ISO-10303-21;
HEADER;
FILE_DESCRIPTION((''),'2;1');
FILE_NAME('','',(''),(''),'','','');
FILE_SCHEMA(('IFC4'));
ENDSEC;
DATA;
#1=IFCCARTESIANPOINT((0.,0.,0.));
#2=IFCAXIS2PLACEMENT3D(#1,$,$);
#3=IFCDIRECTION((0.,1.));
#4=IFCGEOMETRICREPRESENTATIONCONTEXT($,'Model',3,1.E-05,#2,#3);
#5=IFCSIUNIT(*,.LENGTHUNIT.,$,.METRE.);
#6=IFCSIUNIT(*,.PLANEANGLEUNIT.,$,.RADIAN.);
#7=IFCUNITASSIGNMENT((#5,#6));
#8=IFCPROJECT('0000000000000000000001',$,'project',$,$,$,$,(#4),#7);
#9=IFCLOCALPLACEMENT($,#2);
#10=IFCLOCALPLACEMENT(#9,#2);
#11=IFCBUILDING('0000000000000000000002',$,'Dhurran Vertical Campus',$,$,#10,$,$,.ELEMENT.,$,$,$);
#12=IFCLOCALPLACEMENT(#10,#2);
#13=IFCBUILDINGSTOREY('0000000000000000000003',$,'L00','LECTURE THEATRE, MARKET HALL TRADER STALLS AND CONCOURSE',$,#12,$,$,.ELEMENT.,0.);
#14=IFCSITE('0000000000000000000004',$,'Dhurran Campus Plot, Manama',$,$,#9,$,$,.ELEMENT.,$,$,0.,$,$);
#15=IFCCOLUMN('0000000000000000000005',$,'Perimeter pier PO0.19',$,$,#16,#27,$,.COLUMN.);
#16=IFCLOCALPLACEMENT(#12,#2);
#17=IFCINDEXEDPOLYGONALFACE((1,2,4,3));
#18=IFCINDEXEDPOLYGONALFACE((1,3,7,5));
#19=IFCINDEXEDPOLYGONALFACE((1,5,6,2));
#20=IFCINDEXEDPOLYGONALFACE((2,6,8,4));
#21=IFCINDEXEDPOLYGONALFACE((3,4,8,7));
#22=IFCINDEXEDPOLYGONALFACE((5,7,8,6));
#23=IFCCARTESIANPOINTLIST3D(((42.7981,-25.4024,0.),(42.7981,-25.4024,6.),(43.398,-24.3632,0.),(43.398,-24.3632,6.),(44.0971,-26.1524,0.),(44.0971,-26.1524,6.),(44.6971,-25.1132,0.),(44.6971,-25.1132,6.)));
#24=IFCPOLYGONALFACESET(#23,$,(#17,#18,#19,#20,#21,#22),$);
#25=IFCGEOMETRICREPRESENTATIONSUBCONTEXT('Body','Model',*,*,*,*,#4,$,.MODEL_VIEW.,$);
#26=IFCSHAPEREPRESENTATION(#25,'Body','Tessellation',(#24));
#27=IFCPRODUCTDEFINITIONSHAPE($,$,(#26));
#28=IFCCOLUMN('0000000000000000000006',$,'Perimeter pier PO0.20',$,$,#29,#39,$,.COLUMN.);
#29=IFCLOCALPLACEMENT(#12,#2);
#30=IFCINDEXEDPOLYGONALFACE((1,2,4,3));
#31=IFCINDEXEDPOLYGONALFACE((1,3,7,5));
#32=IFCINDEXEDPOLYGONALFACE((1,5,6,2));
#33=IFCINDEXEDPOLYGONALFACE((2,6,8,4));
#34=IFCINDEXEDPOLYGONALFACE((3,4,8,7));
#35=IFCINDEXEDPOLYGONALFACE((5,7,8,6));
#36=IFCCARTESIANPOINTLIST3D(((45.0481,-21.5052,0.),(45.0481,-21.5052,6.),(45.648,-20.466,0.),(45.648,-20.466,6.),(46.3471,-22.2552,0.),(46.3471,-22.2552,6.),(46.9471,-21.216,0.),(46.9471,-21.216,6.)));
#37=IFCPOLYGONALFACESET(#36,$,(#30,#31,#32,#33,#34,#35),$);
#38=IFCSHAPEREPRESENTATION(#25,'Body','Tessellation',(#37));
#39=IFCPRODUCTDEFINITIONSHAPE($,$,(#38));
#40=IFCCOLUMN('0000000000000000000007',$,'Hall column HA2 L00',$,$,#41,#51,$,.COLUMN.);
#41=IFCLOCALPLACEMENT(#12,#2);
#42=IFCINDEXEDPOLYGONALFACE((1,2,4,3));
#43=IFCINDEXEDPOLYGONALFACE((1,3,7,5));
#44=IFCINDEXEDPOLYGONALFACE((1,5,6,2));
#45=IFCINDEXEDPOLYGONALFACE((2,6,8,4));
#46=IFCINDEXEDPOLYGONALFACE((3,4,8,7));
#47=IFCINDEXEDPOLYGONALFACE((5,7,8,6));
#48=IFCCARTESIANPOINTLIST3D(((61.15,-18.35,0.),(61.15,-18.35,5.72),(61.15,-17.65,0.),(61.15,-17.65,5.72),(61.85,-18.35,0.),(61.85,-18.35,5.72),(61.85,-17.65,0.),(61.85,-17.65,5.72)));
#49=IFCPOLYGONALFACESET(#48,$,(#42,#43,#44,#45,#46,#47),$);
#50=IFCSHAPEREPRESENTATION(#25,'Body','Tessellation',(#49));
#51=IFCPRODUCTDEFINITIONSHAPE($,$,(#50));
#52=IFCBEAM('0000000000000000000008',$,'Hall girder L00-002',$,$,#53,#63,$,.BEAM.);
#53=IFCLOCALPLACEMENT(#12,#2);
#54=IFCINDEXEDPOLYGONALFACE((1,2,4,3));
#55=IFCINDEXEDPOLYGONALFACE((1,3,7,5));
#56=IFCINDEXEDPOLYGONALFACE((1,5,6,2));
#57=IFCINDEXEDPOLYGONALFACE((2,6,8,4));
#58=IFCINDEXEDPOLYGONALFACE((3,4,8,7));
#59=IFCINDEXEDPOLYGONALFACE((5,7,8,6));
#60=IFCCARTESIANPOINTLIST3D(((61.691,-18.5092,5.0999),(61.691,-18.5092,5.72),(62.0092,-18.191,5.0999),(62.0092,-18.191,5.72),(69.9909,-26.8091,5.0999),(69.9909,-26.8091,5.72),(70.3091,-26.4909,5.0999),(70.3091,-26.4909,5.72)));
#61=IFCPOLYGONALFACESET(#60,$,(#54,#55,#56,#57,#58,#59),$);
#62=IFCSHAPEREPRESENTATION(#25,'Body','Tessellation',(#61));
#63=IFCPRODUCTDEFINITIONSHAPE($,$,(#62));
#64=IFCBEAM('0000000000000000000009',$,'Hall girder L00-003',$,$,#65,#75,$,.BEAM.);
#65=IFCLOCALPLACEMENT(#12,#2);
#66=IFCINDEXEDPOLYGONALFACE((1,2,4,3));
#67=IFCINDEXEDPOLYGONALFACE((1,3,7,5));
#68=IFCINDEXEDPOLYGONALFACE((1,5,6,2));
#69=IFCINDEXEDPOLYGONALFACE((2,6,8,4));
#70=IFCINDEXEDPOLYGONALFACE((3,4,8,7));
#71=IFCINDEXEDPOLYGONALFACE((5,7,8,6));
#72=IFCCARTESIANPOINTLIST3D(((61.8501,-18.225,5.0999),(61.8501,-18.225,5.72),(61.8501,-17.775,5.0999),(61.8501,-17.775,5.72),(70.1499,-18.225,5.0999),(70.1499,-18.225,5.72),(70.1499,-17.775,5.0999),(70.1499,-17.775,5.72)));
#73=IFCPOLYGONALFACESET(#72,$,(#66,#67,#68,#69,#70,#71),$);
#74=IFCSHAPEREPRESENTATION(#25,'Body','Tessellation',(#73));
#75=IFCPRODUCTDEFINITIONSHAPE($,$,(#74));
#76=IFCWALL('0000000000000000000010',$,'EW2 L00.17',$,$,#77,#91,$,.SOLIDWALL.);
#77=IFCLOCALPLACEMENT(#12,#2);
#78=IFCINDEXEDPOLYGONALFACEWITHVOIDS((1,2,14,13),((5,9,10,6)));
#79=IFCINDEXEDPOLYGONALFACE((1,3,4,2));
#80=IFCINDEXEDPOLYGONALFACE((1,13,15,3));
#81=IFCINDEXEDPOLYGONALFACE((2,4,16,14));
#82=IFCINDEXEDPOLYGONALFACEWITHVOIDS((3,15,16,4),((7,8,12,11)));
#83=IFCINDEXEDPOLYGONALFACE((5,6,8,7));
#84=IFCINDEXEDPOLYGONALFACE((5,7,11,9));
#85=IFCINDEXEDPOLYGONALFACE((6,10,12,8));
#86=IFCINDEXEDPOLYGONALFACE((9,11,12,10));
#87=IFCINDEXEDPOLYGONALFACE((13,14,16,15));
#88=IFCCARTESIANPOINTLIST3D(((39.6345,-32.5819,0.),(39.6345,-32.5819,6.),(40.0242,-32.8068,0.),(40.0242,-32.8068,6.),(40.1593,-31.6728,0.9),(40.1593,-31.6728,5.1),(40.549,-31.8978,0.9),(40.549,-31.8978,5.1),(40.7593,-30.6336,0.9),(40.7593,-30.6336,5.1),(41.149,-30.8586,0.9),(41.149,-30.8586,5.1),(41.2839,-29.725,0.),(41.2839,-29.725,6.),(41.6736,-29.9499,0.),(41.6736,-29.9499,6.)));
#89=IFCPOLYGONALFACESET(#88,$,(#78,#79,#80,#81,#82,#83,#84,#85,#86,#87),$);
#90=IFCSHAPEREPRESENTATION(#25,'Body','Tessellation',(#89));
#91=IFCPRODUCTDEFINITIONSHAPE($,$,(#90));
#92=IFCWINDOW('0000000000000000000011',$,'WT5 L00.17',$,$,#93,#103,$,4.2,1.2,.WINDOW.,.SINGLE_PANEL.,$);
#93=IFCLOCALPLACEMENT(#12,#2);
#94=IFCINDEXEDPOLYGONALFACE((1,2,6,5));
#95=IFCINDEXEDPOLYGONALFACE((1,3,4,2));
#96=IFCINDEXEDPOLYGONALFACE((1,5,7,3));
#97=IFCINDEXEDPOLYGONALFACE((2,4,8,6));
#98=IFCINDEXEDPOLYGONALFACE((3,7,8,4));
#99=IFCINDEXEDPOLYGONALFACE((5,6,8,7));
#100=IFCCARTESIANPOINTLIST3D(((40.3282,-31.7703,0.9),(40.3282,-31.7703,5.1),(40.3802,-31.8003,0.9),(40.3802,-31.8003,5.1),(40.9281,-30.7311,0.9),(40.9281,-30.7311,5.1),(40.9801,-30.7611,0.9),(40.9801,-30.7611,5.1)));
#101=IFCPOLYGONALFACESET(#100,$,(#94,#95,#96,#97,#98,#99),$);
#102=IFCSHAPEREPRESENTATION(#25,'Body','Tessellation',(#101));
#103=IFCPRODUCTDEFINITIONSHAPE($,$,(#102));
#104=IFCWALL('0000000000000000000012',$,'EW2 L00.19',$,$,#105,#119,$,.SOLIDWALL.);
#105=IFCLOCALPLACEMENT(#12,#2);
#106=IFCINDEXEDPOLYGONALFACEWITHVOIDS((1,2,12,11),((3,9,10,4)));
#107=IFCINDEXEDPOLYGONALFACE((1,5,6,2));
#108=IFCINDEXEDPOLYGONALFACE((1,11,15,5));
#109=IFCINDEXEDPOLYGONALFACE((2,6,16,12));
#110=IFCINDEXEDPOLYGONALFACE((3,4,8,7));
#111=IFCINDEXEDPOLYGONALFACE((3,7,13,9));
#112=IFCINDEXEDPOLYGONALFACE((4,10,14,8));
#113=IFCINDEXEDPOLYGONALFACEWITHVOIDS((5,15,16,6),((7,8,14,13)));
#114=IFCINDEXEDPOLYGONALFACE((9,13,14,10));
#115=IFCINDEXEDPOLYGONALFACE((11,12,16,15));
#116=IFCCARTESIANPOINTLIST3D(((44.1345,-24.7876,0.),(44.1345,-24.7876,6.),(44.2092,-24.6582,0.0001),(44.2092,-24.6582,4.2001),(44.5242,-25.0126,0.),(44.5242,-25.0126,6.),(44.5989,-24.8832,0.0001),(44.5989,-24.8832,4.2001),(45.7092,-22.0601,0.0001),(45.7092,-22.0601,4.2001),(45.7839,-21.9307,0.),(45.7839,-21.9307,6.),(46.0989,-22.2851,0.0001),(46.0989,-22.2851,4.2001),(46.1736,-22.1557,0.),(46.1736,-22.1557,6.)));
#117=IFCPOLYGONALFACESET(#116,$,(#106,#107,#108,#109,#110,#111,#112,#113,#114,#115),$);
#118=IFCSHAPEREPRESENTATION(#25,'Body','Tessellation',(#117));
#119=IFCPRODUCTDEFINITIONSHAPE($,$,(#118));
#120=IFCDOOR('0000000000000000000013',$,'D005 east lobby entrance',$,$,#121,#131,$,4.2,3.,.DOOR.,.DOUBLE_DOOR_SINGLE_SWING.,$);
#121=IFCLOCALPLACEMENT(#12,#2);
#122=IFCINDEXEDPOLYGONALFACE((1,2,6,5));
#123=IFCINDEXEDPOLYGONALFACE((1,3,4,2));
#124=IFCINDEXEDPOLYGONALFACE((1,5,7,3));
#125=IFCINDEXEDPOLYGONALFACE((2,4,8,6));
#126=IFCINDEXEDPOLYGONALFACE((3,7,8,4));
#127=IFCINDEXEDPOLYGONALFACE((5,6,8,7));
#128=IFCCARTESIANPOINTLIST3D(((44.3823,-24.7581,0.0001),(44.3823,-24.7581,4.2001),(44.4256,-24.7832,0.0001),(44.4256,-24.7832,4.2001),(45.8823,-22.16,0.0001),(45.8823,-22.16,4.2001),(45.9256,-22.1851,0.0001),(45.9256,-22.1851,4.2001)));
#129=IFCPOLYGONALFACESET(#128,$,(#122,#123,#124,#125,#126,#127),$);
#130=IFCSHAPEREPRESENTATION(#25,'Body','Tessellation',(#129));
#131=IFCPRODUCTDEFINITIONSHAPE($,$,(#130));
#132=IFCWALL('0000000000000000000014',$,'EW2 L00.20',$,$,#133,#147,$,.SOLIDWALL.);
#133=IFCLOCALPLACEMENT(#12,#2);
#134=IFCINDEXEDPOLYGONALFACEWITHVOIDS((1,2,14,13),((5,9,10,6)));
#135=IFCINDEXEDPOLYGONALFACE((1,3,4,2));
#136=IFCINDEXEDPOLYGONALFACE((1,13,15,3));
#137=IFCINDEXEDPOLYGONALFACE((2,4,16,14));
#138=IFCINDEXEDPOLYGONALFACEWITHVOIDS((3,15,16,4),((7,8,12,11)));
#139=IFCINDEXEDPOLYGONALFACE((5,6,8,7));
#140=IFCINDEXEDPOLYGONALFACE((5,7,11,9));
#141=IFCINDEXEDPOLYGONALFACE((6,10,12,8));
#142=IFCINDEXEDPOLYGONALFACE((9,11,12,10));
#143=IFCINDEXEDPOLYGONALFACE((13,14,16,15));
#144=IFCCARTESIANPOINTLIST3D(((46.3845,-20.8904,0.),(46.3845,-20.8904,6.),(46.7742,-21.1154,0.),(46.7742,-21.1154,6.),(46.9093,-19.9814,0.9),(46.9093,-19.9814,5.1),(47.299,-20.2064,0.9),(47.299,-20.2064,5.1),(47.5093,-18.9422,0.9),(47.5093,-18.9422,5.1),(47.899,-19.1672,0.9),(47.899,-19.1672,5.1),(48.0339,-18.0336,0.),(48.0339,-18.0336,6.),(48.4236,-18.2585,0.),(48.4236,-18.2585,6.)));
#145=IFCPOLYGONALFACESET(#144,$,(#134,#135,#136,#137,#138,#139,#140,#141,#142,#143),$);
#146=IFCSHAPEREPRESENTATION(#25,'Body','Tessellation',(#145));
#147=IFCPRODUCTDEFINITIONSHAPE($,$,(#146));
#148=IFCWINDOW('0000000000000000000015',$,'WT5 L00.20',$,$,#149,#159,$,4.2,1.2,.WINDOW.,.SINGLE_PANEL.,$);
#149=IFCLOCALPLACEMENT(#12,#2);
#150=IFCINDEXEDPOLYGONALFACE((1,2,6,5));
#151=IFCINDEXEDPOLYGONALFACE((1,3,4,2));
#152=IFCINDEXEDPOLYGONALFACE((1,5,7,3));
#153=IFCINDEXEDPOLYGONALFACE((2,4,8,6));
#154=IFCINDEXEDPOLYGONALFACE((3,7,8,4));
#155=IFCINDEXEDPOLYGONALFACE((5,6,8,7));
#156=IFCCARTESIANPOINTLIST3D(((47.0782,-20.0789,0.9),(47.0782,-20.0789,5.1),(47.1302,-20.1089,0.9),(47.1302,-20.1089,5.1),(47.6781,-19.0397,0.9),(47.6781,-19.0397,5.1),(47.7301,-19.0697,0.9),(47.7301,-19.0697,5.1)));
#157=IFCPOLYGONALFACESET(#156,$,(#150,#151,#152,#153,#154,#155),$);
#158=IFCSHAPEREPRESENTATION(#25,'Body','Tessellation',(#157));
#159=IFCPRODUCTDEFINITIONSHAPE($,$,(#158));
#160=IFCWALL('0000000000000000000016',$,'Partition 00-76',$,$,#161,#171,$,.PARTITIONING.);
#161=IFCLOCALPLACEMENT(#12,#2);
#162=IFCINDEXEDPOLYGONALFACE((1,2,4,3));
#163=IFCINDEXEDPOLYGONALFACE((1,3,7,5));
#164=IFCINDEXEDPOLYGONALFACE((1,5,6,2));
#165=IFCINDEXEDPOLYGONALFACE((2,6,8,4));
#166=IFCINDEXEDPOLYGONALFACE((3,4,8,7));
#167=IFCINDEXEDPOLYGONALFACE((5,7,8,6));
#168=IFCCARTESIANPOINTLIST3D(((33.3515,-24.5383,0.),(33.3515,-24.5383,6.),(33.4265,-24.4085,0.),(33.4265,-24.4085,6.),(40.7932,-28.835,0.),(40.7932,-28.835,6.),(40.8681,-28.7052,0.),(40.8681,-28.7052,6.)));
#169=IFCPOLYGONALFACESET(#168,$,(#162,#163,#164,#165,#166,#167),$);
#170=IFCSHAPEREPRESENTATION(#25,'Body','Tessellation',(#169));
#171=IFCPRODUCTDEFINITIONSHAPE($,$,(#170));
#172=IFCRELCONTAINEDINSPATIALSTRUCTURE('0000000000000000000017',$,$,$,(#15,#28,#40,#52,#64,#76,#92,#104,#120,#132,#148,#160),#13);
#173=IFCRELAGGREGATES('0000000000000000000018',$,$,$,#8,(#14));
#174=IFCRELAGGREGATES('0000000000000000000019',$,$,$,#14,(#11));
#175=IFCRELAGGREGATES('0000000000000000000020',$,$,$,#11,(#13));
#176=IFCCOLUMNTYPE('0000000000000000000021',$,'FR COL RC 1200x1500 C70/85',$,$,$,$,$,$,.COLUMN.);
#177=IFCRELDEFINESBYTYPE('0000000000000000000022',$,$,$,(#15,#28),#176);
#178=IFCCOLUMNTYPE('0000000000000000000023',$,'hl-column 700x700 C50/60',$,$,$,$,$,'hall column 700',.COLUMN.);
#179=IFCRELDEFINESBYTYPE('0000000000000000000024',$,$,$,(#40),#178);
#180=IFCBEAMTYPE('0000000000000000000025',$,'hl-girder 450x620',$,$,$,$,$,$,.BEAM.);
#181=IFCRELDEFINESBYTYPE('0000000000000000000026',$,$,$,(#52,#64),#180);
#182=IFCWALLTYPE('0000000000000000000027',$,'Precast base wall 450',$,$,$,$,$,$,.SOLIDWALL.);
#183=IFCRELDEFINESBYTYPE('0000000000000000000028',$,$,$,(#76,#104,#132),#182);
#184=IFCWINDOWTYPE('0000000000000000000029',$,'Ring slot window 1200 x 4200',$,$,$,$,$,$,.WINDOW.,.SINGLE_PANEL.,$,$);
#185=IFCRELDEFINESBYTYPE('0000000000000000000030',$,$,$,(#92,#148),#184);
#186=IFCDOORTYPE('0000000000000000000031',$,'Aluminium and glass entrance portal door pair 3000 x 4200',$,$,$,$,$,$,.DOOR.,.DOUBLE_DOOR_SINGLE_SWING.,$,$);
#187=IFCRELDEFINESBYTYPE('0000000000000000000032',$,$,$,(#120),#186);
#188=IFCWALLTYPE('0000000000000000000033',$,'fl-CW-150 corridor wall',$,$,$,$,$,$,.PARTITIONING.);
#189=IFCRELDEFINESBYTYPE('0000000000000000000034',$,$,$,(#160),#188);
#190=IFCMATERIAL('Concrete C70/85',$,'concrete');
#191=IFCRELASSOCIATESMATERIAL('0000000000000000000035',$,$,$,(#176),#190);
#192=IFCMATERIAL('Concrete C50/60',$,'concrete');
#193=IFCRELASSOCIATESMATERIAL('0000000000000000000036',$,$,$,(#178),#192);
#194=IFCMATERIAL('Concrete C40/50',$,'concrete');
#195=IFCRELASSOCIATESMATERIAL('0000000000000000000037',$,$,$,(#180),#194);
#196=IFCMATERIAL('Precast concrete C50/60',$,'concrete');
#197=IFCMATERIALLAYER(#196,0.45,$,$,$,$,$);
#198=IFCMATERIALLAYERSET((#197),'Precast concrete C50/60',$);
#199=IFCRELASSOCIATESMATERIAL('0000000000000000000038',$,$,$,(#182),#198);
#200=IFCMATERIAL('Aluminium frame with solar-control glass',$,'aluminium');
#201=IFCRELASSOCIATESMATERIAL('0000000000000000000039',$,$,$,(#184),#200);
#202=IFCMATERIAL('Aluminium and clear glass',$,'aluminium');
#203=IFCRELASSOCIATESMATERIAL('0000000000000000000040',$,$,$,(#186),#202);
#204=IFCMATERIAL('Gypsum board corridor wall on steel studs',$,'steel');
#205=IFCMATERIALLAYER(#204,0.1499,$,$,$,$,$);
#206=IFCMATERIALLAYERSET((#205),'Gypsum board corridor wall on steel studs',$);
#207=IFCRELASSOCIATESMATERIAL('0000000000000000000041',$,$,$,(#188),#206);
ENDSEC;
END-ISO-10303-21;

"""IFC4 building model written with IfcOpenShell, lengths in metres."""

from ifc_helpers import new_model, si_unit, direction, frame, frame_2d, origin, origin_2d, place, context, subcontext, project, spatial, rectangle, extrude, material, layer, layer_set, material_profile, profile_set, type_object, element, fill, save


model = new_model("IFC4")

# Units and contexts
model_context = context("Model", 3, precision=1e-05, world=origin(), true_north=direction((0.0, 1.0)))
body_context = subcontext(model_context, "Body", "Model", "MODEL_VIEW")
ifc_project = project(units=[si_unit("LENGTHUNIT", "METRE"), si_unit("PLANEANGLEUNIT", "RADIAN")], contexts=[model_context])

# Site, building, storey
site_placement = place(None, origin())
site = spatial("IfcSite", under=ifc_project, at=site_placement, Name="Dhurran Campus Plot, Manama", CompositionType="ELEMENT", RefElevation=0.0)
building_placement = place(site_placement, origin())
building = spatial("IfcBuilding", under=site, at=building_placement, Name="Dhurran Vertical Campus", CompositionType="ELEMENT")
storey_placement = place(building_placement, origin())
storey = spatial("IfcBuildingStorey", under=building, at=storey_placement, Name="L00", Description="LECTURE THEATRE, MARKET HALL TRADER STALLS AND CONCOURSE", CompositionType="ELEMENT", Elevation=0.0)

# Columns
ifc_material_1 = material(Name="Concrete C70/85", Category="concrete")
ifc_material_profile_1 = material_profile(ifc_material_1, rectangle(XDim=1.2, YDim=1.5, at=origin_2d()), Name="RC 1200x1500")
ifc_profile_set_1 = profile_set([ifc_material_profile_1], Name="Concrete C70/85")
column_type_1 = type_object("IfcColumnType", Name="FR COL RC 1200x1500 C70/85", PredefinedType="COLUMN", material=ifc_profile_set_1)
for number, where, z_axis, x_axis, name in (
    (1, (43.7476, -25.2578, 0.0), (0.0, 0.0, 1.0), (0.5, 0.866025, 0.0), "Perimeter pier PO0.19"),
    (2, (45.9976, -21.3606, 0.0), (0.0, 0.0, 1.0), (0.5, 0.866025, 0.0), "Perimeter pier PO0.20"),
):
    element("IfcColumn", number, at=place(storey_placement, frame(where, z_axis=z_axis, x_axis=x_axis)), inside=storey, type_object=column_type_1, Name=name, PredefinedType="COLUMN", context=body_context, shape_type="SweptSolid", body=[
        extrude(rectangle(XDim=1.2, YDim=1.5, at=origin_2d()), origin(), (0.0, 0.0, 1.0), 6.0),
    ])
ifc_material_2 = material(Name="Concrete C50/60", Category="concrete")
ifc_material_profile_2 = material_profile(ifc_material_2, rectangle(XDim=0.7, YDim=0.7, at=origin_2d()), Name="hl-column 700x700 C50/60")
ifc_profile_set_2 = profile_set([ifc_material_profile_2], Name="Concrete C50/60")
column_type_2 = type_object("IfcColumnType", Name="hl-column 700x700 C50/60", ElementType="hall column 700", PredefinedType="COLUMN", material=ifc_profile_set_2)
column_placement = place(storey_placement, frame((61.5, -18.0, 0.0), z_axis=(0.0, 0.0, 1.0), x_axis=(1.0, 0.0, 0.0)))
element("IfcColumn", 3, at=column_placement, inside=storey, type_object=column_type_2, Name="Hall column HA2 L00", PredefinedType="COLUMN", context=body_context, shape_type="SweptSolid", body=[
    extrude(rectangle(XDim=0.7, YDim=0.7, at=origin_2d()), origin(), (0.0, 0.0, 1.0), 5.72),
])

# Beams
ifc_material_3 = material(Name="Concrete C40/50", Category="concrete")
ifc_material_profile_3 = material_profile(ifc_material_3, rectangle(XDim=0.45, YDim=0.6201, at=origin_2d()), Name="hl-girder 450x620")
ifc_profile_set_3 = profile_set([ifc_material_profile_3], Name="Concrete C40/50")
beam_type = type_object("IfcBeamType", Name="hl-girder 450x620", PredefinedType="BEAM", material=ifc_profile_set_3)
beam_1_placement = place(storey_placement, frame((61.8501, -18.3501, 5.4099), z_axis=(0.707107, -0.707107, 0.0), x_axis=(0.707107, 0.707107, 0.0)))
element("IfcBeam", 4, at=beam_1_placement, inside=storey, type_object=beam_type, Name="Hall girder L00-002", PredefinedType="BEAM", context=body_context, shape_type="SweptSolid", body=[
    extrude(rectangle(XDim=0.45, YDim=0.6201, at=origin_2d()), origin(), (0.0, 0.0, 1.0), 11.7378),
])
beam_2_placement = place(storey_placement, frame((61.8501, -18.0, 5.4099), z_axis=(1.0, 0.0, 0.0), x_axis=(0.0, 1.0, 0.0)))
element("IfcBeam", 5, at=beam_2_placement, inside=storey, type_object=beam_type, Name="Hall girder L00-003", PredefinedType="BEAM", context=body_context, shape_type="SweptSolid", body=[
    extrude(rectangle(XDim=0.45, YDim=0.6201, at=origin_2d()), origin(), (0.0, 0.0, 1.0), 8.2998),
])

# Wall, opening, window
ifc_material_4 = material(Name="Precast concrete C50/60", Category="concrete")
ifc_layer_1 = layer(ifc_material_4, 0.45)
ifc_layer_set_1 = layer_set([ifc_layer_1], Name="Precast concrete C50/60")
wall_type_1 = type_object("IfcWallType", Name="Precast base wall 450", PredefinedType="SOLIDWALL", material=ifc_layer_set_1)
wall_1_placement = place(storey_placement, frame((39.8293, -32.6943, 0.0), z_axis=(0.0, 0.0, 1.0), x_axis=(0.499992, 0.86603, 0.0)))
wall_1 = element("IfcWall", 6, at=wall_1_placement, inside=storey, type_object=wall_type_1, Name="EW2 L00.17", PredefinedType="SOLIDWALL", context=body_context, shape_type="SweptSolid", body=[
    extrude(rectangle(XDim=3.2988, YDim=0.45, at=frame_2d((1.6494, 0.0))), origin(), (0.0, 0.0, 1.0), 6.0),
])
opening_1_placement = place(wall_1_placement, frame((1.0496, 0.0, 0.8999)))
opening_1 = element("IfcOpeningElement", 7, at=opening_1_placement, cuts=wall_1, PredefinedType="OPENING", context=body_context, shape_type="SweptSolid", body=[
    extrude(rectangle(XDim=1.2, YDim=4.2, at=frame_2d((0.6001, 2.1001))), frame((0.0, 0.2349, 0.0), z_axis=(0.0, -1.0, 0.0), x_axis=(1.0, 0.0, 0.0)), (0.0, 0.0, 1.0), 0.47),
])
ifc_material_5 = material(Name="Aluminium frame with solar-control glass", Category="aluminium")
window_type = type_object("IfcWindowType", Name="Ring slot window 1200 x 4200", PartitioningType="SINGLE_PANEL", PredefinedType="WINDOW", material=ifc_material_5)
window_1_placement = place(opening_1_placement, origin())
window_1 = element("IfcWindow", 8, at=window_1_placement, inside=storey, type_object=window_type, Name="WT5 L00.17", OverallHeight=4.2, OverallWidth=1.2, PartitioningType="SINGLE_PANEL", PredefinedType="WINDOW", context=body_context, shape_type="SweptSolid", body=[
    extrude(rectangle(XDim=1.2, YDim=4.2, at=frame_2d((0.6001, 2.1001))), frame((0.0, 0.03, 0.0), z_axis=(0.0, -1.0, 0.0), x_axis=(1.0, 0.0, 0.0)), (0.0, 0.0, 1.0), 0.0601),
])
fill(opening_1, window_1)

# Wall, opening, door
wall_2_placement = place(storey_placement, frame((45.9788, -22.0432, 0.0), z_axis=(0.0, 0.0, 1.0), x_axis=(-0.499992, -0.86603, 0.0)))
wall_2 = element("IfcWall", 9, at=wall_2_placement, inside=storey, type_object=wall_type_1, Name="EW2 L00.19", PredefinedType="SOLIDWALL", context=body_context, shape_type="SweptSolid", body=[
    extrude(rectangle(XDim=3.2988, YDim=0.45, at=frame_2d((1.6494, 0.0))), origin(), (0.0, 0.0, 1.0), 6.0),
])
opening_2_placement = place(wall_2_placement, frame((0.1494, 0.0, 0.0)))
opening_2 = element("IfcOpeningElement", 10, at=opening_2_placement, cuts=wall_2, PredefinedType="OPENING", context=body_context, shape_type="SweptSolid", body=[
    extrude(rectangle(XDim=3.0, YDim=4.2, at=frame_2d((1.5, 2.1001))), frame((0.0, 0.2349, 0.0), z_axis=(0.0, -1.0, 0.0), x_axis=(1.0, 0.0, 0.0)), (0.0, 0.0, 1.0), 0.47),
])
ifc_material_6 = material(Name="Aluminium and clear glass", Category="aluminium")
door_type_1 = type_object("IfcDoorType", Name="Aluminium and glass entrance portal door pair 3000 x 4200", OperationType="DOUBLE_DOOR_SINGLE_SWING", PredefinedType="DOOR", material=ifc_material_6)
door_1_placement = place(opening_2_placement, origin())
door_1 = element("IfcDoor", 11, at=door_1_placement, inside=storey, type_object=door_type_1, Name="D005 east lobby entrance", OperationType="DOUBLE_DOOR_SINGLE_SWING", OverallHeight=4.2, OverallWidth=3.0, PredefinedType="DOOR", context=body_context, shape_type="SweptSolid", body=[
    extrude(rectangle(XDim=3.0, YDim=4.2, at=frame_2d((1.5, 2.1001))), frame((0.0, 0.0249, 0.0), z_axis=(0.0, -1.0, 0.0), x_axis=(1.0, 0.0, 0.0)), (0.0, 0.0, 1.0), 0.05),
])
fill(opening_2, door_1)

# Wall, opening, window
wall_3_placement = place(storey_placement, frame((46.5793, -21.0029, 0.0), z_axis=(0.0, 0.0, 1.0), x_axis=(0.499992, 0.86603, 0.0)))
wall_3 = element("IfcWall", 12, at=wall_3_placement, inside=storey, type_object=wall_type_1, Name="EW2 L00.20", PredefinedType="SOLIDWALL", context=body_context, shape_type="SweptSolid", body=[
    extrude(rectangle(XDim=3.2988, YDim=0.45, at=frame_2d((1.6494, 0.0))), origin(), (0.0, 0.0, 1.0), 6.0),
])
opening_3_placement = place(wall_3_placement, frame((1.0496, 0.0, 0.8999)))
opening_3 = element("IfcOpeningElement", 13, at=opening_3_placement, cuts=wall_3, PredefinedType="OPENING", context=body_context, shape_type="SweptSolid", body=[
    extrude(rectangle(XDim=1.2, YDim=4.2, at=frame_2d((0.6001, 2.1001))), frame((0.0, 0.2349, 0.0), z_axis=(0.0, -1.0, 0.0), x_axis=(1.0, 0.0, 0.0)), (0.0, 0.0, 1.0), 0.47),
])
window_2_placement = place(opening_3_placement, origin())
window_2 = element("IfcWindow", 14, at=window_2_placement, inside=storey, type_object=window_type, Name="WT5 L00.20", OverallHeight=4.2, OverallWidth=1.2, PartitioningType="SINGLE_PANEL", PredefinedType="WINDOW", context=body_context, shape_type="SweptSolid", body=[
    extrude(rectangle(XDim=1.2, YDim=4.2, at=frame_2d((0.6001, 2.1001))), frame((0.0, 0.03, 0.0), z_axis=(0.0, -1.0, 0.0), x_axis=(1.0, 0.0, 0.0)), (0.0, 0.0, 1.0), 0.0601),
])
fill(opening_3, window_2)

# Wall
ifc_material_7 = material(Name="Gypsum board corridor wall on steel studs", Category="steel")
ifc_layer_2 = layer(ifc_material_7, 0.1499)
ifc_layer_set_2 = layer_set([ifc_layer_2], Name="Gypsum board corridor wall on steel studs")
wall_type_2 = type_object("IfcWallType", Name="fl-CW-150 corridor wall", PredefinedType="PARTITIONING", material=ifc_layer_set_2)
wall_4_placement = place(storey_placement, frame((40.8306, -28.77, 0.0), z_axis=(0.0, 0.0, 1.0), x_axis=(-0.866016, 0.500017, 0.0)))
element("IfcWall", 15, at=wall_4_placement, inside=storey, type_object=wall_type_2, Name="Partition 00-76", PredefinedType="PARTITIONING", context=body_context, shape_type="SweptSolid", body=[
    extrude(rectangle(XDim=8.593, YDim=0.1499, at=frame_2d((4.2964, 0.0))), origin(), (0.0, 0.0, 1.0), 6.0),
])

save(model, "model.ifc")
